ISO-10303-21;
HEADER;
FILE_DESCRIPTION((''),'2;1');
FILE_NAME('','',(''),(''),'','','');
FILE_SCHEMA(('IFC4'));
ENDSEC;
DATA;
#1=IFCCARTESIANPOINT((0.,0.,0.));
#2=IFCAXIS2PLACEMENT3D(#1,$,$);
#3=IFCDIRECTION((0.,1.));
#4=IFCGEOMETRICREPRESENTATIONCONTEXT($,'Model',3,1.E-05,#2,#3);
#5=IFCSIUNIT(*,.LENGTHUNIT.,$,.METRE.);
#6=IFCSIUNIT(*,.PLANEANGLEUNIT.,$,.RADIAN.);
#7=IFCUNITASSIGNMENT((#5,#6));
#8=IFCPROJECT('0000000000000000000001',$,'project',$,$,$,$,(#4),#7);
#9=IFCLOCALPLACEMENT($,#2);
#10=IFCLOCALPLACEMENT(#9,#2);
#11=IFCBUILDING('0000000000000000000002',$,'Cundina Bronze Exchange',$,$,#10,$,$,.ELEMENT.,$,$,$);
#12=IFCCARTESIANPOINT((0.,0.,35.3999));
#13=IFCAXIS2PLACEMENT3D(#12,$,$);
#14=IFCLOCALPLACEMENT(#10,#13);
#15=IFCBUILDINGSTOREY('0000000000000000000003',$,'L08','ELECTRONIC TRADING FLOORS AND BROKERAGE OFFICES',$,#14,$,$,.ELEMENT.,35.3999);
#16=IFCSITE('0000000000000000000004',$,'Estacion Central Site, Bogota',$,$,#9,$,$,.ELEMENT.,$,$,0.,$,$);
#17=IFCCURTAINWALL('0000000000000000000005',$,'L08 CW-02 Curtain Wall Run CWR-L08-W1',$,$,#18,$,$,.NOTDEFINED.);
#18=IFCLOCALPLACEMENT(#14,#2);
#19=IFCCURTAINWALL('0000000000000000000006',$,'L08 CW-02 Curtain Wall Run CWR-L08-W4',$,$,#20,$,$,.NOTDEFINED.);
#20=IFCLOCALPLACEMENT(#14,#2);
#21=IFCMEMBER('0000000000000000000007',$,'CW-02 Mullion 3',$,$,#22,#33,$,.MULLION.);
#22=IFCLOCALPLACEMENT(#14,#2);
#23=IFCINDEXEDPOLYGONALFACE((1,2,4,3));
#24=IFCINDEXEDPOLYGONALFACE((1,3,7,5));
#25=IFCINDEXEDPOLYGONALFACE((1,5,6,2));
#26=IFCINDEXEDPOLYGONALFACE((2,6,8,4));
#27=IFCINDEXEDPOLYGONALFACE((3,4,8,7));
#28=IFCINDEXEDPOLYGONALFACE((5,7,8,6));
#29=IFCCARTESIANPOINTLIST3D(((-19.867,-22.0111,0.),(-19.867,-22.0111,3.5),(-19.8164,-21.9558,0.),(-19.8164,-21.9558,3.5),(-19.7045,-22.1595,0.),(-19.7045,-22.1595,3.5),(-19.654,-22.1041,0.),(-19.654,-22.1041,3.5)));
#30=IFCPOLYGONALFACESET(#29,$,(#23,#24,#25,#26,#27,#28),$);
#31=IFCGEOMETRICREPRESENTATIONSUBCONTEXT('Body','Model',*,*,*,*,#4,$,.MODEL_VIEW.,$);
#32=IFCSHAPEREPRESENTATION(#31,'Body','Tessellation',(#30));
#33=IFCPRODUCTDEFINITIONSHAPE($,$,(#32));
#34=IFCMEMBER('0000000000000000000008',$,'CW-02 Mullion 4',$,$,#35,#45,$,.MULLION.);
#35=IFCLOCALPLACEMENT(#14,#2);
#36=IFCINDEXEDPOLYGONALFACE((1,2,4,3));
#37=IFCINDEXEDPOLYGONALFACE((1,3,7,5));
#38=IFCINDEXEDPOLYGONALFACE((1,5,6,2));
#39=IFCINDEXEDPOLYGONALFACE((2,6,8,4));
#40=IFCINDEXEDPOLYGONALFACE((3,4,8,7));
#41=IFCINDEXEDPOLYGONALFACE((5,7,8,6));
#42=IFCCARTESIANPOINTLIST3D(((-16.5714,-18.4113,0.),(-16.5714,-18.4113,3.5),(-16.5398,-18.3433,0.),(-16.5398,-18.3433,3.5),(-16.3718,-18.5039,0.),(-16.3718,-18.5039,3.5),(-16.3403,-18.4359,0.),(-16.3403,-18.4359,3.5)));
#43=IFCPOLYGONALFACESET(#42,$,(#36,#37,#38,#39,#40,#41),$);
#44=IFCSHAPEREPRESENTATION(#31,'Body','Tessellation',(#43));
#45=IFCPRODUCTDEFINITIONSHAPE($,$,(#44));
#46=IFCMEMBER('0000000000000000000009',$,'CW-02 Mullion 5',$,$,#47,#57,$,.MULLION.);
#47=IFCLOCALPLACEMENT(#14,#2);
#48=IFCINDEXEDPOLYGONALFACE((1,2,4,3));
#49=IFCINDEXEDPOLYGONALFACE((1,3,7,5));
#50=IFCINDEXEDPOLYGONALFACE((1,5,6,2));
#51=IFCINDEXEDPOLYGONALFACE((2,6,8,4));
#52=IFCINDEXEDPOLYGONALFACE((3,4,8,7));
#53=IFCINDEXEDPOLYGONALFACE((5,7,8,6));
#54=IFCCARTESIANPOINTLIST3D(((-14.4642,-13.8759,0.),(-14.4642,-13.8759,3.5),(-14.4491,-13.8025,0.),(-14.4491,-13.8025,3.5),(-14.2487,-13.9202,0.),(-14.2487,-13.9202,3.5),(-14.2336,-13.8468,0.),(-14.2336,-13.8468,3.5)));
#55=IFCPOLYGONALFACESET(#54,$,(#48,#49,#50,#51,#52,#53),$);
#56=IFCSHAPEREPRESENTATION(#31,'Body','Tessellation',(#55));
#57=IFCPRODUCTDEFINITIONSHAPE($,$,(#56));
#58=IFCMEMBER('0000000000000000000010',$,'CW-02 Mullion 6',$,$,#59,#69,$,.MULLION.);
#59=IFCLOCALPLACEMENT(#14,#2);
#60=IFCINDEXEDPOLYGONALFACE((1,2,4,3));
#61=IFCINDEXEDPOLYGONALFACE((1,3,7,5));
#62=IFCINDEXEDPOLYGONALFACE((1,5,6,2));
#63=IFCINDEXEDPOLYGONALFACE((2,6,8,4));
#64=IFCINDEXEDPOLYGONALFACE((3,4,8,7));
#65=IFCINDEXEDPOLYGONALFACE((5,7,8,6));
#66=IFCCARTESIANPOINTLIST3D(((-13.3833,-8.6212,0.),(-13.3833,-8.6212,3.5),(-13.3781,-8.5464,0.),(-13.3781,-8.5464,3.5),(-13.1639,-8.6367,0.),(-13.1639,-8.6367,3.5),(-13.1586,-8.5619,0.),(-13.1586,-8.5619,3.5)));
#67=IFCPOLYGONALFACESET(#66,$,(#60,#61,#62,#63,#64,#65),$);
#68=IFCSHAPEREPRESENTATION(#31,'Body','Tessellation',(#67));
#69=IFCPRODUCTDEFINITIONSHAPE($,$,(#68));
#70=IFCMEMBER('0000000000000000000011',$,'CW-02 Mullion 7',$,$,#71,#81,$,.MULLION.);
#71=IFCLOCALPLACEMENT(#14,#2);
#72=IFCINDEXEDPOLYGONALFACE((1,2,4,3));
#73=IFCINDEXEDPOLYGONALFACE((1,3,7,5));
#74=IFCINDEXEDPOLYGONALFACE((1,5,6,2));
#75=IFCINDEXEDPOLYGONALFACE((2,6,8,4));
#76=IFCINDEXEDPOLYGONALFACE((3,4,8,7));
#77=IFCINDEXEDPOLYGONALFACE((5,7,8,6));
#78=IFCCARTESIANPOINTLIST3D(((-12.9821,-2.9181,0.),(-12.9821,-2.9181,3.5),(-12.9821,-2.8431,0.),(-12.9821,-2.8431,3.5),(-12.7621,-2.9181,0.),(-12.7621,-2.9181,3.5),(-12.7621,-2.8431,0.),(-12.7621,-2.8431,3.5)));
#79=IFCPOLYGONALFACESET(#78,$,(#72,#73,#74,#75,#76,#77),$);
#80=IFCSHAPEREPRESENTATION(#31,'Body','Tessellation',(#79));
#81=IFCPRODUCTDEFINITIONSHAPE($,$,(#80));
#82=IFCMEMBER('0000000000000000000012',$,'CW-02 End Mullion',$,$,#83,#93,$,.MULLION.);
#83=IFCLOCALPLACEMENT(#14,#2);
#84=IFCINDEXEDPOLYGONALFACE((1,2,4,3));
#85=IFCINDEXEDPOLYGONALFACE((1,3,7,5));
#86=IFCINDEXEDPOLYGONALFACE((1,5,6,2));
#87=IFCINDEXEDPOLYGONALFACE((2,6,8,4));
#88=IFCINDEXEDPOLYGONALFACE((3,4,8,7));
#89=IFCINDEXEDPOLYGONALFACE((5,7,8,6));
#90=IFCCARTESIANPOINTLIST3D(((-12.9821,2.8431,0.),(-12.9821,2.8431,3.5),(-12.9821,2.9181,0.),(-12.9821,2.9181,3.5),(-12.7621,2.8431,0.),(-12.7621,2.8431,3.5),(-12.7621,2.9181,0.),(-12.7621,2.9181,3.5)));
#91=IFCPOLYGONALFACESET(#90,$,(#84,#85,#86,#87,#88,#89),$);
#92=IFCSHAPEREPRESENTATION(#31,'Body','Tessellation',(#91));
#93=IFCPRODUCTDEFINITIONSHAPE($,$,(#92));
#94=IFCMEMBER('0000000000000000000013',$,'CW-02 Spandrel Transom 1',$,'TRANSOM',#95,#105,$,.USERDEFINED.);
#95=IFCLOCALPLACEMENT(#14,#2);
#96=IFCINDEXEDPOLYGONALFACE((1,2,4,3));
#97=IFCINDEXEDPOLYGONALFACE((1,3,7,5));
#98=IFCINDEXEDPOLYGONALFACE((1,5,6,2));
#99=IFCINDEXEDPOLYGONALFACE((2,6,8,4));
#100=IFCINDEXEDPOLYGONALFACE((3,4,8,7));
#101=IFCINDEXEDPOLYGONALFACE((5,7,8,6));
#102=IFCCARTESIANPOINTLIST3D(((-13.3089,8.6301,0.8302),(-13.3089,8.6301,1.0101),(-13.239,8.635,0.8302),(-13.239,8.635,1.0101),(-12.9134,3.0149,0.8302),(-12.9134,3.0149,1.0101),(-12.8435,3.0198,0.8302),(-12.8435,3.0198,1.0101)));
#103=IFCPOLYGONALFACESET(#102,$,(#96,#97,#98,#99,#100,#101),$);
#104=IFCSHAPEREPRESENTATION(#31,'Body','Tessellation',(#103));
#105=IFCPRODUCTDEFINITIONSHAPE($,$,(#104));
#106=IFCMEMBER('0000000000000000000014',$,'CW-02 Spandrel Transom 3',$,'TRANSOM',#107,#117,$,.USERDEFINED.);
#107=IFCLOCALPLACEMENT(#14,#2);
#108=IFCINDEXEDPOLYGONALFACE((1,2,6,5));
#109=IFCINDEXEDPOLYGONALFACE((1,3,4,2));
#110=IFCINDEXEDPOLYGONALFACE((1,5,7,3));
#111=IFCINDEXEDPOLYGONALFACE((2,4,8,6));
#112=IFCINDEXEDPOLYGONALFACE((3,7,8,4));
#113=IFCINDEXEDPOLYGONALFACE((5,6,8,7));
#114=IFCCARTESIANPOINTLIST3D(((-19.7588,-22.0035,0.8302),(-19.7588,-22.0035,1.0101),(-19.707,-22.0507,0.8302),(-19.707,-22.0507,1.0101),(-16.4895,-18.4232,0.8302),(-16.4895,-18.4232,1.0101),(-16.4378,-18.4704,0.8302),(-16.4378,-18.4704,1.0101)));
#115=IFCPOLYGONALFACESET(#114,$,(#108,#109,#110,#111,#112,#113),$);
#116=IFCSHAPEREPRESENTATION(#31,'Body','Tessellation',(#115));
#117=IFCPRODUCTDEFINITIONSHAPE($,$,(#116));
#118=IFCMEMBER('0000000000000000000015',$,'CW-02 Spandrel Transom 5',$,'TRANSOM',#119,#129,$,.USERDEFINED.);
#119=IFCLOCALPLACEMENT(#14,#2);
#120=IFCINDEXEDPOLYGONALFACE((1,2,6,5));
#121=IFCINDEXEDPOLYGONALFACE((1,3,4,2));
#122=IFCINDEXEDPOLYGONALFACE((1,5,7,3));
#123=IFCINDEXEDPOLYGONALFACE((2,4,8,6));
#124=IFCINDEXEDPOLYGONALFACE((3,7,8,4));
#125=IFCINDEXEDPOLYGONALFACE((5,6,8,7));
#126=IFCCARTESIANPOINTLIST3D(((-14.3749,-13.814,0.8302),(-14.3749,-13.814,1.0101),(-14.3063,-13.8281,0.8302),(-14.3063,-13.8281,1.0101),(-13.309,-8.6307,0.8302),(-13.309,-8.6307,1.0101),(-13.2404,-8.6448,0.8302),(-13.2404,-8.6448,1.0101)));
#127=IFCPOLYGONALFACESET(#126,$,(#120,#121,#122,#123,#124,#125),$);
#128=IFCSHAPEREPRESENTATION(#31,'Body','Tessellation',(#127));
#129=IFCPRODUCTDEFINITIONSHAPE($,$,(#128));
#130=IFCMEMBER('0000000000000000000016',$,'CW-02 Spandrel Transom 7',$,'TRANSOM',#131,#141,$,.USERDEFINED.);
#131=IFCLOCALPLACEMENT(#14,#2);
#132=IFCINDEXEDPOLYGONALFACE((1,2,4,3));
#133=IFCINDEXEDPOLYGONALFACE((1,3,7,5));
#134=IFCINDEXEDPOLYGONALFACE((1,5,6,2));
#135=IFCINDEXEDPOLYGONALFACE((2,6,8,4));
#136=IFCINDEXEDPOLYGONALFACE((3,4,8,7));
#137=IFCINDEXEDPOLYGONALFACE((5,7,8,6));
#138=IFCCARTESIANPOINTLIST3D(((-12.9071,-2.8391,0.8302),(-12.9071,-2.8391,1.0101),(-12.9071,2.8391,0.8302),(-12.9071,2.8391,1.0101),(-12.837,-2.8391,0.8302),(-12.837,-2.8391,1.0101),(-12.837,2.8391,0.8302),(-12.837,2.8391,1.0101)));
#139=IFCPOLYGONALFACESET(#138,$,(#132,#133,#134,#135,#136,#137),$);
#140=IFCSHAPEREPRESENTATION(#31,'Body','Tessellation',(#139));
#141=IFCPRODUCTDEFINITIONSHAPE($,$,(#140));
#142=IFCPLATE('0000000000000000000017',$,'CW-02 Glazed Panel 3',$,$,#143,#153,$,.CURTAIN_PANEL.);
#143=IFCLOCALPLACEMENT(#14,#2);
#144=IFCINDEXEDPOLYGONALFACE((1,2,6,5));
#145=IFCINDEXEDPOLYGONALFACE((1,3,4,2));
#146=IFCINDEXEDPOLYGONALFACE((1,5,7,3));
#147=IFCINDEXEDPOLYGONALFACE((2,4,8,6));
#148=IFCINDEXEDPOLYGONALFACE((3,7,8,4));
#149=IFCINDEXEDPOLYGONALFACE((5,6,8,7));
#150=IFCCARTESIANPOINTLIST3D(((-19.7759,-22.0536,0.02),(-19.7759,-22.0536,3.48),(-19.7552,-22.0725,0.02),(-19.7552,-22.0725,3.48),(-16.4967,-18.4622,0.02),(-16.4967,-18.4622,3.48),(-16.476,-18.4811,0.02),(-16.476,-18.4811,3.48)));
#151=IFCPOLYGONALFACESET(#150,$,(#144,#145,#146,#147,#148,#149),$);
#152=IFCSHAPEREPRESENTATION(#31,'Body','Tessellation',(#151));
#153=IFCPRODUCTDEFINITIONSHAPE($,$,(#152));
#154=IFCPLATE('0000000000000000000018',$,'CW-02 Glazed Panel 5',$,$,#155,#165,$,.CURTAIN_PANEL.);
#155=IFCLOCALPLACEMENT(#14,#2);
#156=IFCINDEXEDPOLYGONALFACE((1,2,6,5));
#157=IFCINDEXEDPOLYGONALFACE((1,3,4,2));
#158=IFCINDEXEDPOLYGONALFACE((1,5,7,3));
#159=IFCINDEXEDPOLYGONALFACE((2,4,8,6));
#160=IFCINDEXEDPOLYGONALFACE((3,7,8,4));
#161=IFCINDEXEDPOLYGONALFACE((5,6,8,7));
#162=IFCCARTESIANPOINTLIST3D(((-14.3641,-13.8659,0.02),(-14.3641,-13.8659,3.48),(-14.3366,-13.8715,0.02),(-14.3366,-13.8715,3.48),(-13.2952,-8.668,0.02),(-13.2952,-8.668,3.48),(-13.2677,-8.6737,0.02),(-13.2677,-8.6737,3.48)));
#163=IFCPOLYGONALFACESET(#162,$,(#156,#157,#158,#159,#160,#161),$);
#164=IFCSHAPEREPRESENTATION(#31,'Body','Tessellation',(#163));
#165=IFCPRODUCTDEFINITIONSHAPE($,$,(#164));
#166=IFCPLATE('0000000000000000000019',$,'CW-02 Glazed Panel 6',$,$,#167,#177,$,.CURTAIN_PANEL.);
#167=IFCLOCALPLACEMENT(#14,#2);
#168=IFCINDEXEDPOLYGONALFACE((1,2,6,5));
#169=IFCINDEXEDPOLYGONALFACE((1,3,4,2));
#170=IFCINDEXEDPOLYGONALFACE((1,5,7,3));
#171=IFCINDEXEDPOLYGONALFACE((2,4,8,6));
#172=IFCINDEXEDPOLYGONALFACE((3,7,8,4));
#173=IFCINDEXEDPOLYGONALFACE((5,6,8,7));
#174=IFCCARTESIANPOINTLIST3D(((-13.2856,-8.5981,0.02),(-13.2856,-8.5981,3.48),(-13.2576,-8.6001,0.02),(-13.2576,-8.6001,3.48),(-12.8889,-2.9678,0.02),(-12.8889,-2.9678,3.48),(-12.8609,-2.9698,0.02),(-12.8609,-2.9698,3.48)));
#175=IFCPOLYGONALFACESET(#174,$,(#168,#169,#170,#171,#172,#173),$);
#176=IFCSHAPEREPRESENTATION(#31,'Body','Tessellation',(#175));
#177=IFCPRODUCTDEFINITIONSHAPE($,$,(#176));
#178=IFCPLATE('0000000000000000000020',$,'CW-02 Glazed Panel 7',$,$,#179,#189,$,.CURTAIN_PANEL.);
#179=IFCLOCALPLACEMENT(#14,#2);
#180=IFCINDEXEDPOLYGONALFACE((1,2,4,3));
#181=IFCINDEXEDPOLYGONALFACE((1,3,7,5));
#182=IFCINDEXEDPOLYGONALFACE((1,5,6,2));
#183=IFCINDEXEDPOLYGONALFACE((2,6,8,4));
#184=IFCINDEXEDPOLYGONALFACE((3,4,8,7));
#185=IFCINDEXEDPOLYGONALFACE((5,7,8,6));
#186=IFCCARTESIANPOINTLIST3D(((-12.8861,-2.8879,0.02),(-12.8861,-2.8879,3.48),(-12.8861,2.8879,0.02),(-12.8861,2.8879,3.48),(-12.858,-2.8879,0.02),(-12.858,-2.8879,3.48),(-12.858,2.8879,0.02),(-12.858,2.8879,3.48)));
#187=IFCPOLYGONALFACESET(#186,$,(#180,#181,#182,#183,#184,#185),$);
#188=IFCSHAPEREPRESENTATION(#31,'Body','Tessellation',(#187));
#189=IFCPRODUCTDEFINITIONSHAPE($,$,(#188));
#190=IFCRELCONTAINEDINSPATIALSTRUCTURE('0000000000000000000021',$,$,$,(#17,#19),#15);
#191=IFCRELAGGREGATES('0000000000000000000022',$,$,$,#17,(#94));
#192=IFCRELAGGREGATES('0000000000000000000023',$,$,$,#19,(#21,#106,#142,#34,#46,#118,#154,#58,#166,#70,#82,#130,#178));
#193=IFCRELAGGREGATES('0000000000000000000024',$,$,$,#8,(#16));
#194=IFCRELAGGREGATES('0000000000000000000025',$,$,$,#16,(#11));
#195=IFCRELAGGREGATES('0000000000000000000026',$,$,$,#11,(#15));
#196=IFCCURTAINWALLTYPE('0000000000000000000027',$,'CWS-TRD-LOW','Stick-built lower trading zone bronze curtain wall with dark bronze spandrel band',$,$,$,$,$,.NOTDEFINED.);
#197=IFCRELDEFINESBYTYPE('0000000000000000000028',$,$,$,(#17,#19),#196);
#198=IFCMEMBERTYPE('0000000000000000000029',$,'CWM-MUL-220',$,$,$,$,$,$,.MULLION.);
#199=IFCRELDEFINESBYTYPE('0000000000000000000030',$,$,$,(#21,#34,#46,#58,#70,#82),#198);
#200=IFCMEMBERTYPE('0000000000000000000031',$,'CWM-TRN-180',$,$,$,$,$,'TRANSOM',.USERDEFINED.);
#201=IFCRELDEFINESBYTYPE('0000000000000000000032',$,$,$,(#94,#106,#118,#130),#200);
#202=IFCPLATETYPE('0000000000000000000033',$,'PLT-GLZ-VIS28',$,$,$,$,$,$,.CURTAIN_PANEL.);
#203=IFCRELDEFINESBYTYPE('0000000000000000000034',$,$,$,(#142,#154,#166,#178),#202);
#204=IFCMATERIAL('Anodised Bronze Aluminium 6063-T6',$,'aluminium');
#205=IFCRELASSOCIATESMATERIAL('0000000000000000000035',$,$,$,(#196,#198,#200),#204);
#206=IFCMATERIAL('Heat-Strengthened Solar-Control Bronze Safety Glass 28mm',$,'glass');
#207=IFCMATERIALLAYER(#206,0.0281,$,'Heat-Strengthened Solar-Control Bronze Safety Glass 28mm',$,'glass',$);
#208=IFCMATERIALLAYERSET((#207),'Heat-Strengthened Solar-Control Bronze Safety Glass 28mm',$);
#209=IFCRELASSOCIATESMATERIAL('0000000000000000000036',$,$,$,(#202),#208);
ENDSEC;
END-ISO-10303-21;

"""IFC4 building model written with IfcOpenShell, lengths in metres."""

from ifc_helpers import new_model, si_unit, direction, frame, origin, origin_2d, place, context, subcontext, project, spatial, rectangle, extrude, material, layer, layer_set, material_profile, profile_set, type_object, element, aggregate, save


model = new_model("IFC4")

# Units and contexts
model_context = context("Model", 3, precision=1e-05, world=origin(), true_north=direction((0.0, 1.0)))
body_context = subcontext(model_context, "Body", "Model", "MODEL_VIEW")
ifc_project = project(units=[si_unit("LENGTHUNIT", "METRE"), si_unit("PLANEANGLEUNIT", "RADIAN")], contexts=[model_context])

# Site, building, storey
site_placement = place(None, origin())
site = spatial("IfcSite", under=ifc_project, at=site_placement, Name="Estacion Central Site, Bogota", CompositionType="ELEMENT", RefElevation=0.0)
building_placement = place(site_placement, origin())
building = spatial("IfcBuilding", under=site, at=building_placement, Name="Cundina Bronze Exchange", CompositionType="ELEMENT")
storey_placement = place(building_placement, frame((0.0, 0.0, 35.3999)))
storey = spatial("IfcBuildingStorey", under=building, at=storey_placement, Name="L08", Description="ELECTRONIC TRADING FLOORS AND BROKERAGE OFFICES", CompositionType="ELEMENT", Elevation=35.3999)

# Curtain wall
ifc_material_1 = material(Name="Anodised Bronze Aluminium 6063-T6", Category="aluminium")
curtain_wall_type = type_object("IfcCurtainWallType", Name="CWS-TRD-LOW", Description="Stick-built lower trading zone bronze curtain wall with dark bronze spandrel band", PredefinedType="NOTDEFINED", material=ifc_material_1)
curtain_wall_1_placement = place(storey_placement, origin())
curtain_wall_1 = element("IfcCurtainWall", 1, at=curtain_wall_1_placement, inside=storey, type_object=curtain_wall_type, Name="L08 CW-02 Curtain Wall Run CWR-L08-W1", PredefinedType="NOTDEFINED")
ifc_material_profile_1 = material_profile(ifc_material_1, rectangle(XDim=0.075, YDim=0.22, at=origin_2d()), Name="AL75X220", Category="aluminium")
ifc_profile_set_1 = profile_set([ifc_material_profile_1], Name="Anodised Bronze Aluminium 6063-T6")
member_type_1 = type_object("IfcMemberType", Name="CWM-MUL-220", PredefinedType="MULLION", material=ifc_profile_set_1)

# Curtain wall, members
curtain_wall_2_placement = place(storey_placement, origin())
curtain_wall_2 = element("IfcCurtainWall", 2, at=curtain_wall_2_placement, inside=storey, type_object=curtain_wall_type, Name="L08 CW-02 Curtain Wall Run CWR-L08-W4", PredefinedType="NOTDEFINED")
member_1_placement = place(storey_placement, frame((-19.7605, -22.0576, 0.0), z_axis=(0.0, 0.0, 1.0), x_axis=(0.674302, 0.738455, 0.0)))
member_1 = element("IfcMember", 3, at=member_1_placement, type_object=member_type_1, Name="CW-02 Mullion 3", PredefinedType="MULLION", context=body_context, shape_type="SweptSolid", body=[
    extrude(rectangle(XDim=0.075, YDim=0.22, at=origin_2d()), origin(), (0.0, 0.0, 1.0), 3.5),
])
member_2_placement = place(storey_placement, frame((-16.4558, -18.4236, 0.0), z_axis=(0.0, 0.0, 1.0), x_axis=(0.420877, 0.907117, 0.0)))
member_2 = element("IfcMember", 4, at=member_2_placement, type_object=member_type_1, Name="CW-02 Mullion 4", PredefinedType="MULLION", context=body_context, shape_type="SweptSolid", body=[
    extrude(rectangle(XDim=0.075, YDim=0.22, at=origin_2d()), origin(), (0.0, 0.0, 1.0), 3.5),
])
member_3_placement = place(storey_placement, frame((-14.3489, -13.8613, 0.0), z_axis=(0.0, 0.0, 1.0), x_axis=(0.20142, 0.979505, 0.0)))
member_3 = element("IfcMember", 5, at=member_3_placement, type_object=member_type_1, Name="CW-02 Mullion 5", PredefinedType="MULLION", context=body_context, shape_type="SweptSolid", body=[
    extrude(rectangle(XDim=0.075, YDim=0.22, at=origin_2d()), origin(), (0.0, 0.0, 1.0), 3.5),
])
member_4_placement = place(storey_placement, frame((-13.271, -8.5916, 0.0), z_axis=(0.0, 0.0, 1.0), x_axis=(0.070279, 0.997527, 0.0)))
member_4 = element("IfcMember", 6, at=member_4_placement, type_object=member_type_1, Name="CW-02 Mullion 6", PredefinedType="MULLION", context=body_context, shape_type="SweptSolid", body=[
    extrude(rectangle(XDim=0.075, YDim=0.22, at=origin_2d()), origin(), (0.0, 0.0, 1.0), 3.5),
])
member_5_placement = place(storey_placement, frame((-12.8721, -2.8806, 0.0), z_axis=(0.0, 0.0, 1.0), x_axis=(0.0, 1.0, 0.0)))
member_5 = element("IfcMember", 7, at=member_5_placement, type_object=member_type_1, Name="CW-02 Mullion 7", PredefinedType="MULLION", context=body_context, shape_type="SweptSolid", body=[
    extrude(rectangle(XDim=0.075, YDim=0.22, at=origin_2d()), origin(), (0.0, 0.0, 1.0), 3.5),
])
member_6_placement = place(storey_placement, frame((-12.8721, 2.8806, 0.0), z_axis=(0.0, 0.0, 1.0), x_axis=(0.0, 1.0, 0.0)))
member_6 = element("IfcMember", 8, at=member_6_placement, type_object=member_type_1, Name="CW-02 End Mullion", PredefinedType="MULLION", context=body_context, shape_type="SweptSolid", body=[
    extrude(rectangle(XDim=0.075, YDim=0.22, at=origin_2d()), origin(), (0.0, 0.0, 1.0), 3.5),
])

# Members
ifc_material_profile_2 = material_profile(ifc_material_1, rectangle(XDim=0.0701, YDim=0.1799, at=origin_2d()), Name="AL70X180", Category="aluminium")
ifc_profile_set_2 = profile_set([ifc_material_profile_2], Name="Anodised Bronze Aluminium 6063-T6")
member_type_2 = type_object("IfcMemberType", Name="CWM-TRN-180", ElementType="TRANSOM", PredefinedType="USERDEFINED", material=ifc_profile_set_2)
member_7_placement = place(storey_placement, frame((-12.8784, 3.0173, 0.9202), z_axis=(-0.070261, 0.997529, 0.0), x_axis=(-0.997529, -0.070261, 0.0)))
member_7 = element("IfcMember", 9, at=member_7_placement, type_object=member_type_2, Name="CW-02 Spandrel Transom 1", ObjectType="TRANSOM", PredefinedType="USERDEFINED", context=body_context, shape_type="SweptSolid", body=[
    extrude(rectangle(XDim=0.0701, YDim=0.1799, at=origin_2d()), origin(), (0.0, 0.0, 1.0), 5.6292),
])
aggregate(curtain_wall_1, [member_7])
member_8_placement = place(storey_placement, frame((-19.7329, -22.0271, 0.9202), z_axis=(0.674303, 0.738455, 0.0), x_axis=(-0.738455, 0.674303, 0.0)))
member_8 = element("IfcMember", 10, at=member_8_placement, type_object=member_type_2, Name="CW-02 Spandrel Transom 3", ObjectType="TRANSOM", PredefinedType="USERDEFINED", context=body_context, shape_type="SweptSolid", body=[
    extrude(rectangle(XDim=0.0701, YDim=0.1799, at=origin_2d()), origin(), (0.0, 0.0, 1.0), 4.8484),
])
member_9_placement = place(storey_placement, frame((-14.3406, -13.821, 0.9202), z_axis=(0.201428, 0.979503, 0.0), x_axis=(-0.979503, 0.201428, 0.0)))
member_9 = element("IfcMember", 11, at=member_9_placement, type_object=member_type_2, Name="CW-02 Spandrel Transom 5", ObjectType="TRANSOM", PredefinedType="USERDEFINED", context=body_context, shape_type="SweptSolid", body=[
    extrude(rectangle(XDim=0.0701, YDim=0.1799, at=origin_2d()), origin(), (0.0, 0.0, 1.0), 5.2917),
])
member_10_placement = place(storey_placement, frame((-12.8721, -2.8391, 0.9202), z_axis=(0.0, 1.0, 0.0), x_axis=(-1.0, 0.0, 0.0)))
member_10 = element("IfcMember", 12, at=member_10_placement, type_object=member_type_2, Name="CW-02 Spandrel Transom 7", ObjectType="TRANSOM", PredefinedType="USERDEFINED", context=body_context, shape_type="SweptSolid", body=[
    extrude(rectangle(XDim=0.0701, YDim=0.1799, at=origin_2d()), origin(), (0.0, 0.0, 1.0), 5.6782),
])

# Plates
ifc_material_2 = material(Name="Heat-Strengthened Solar-Control Bronze Safety Glass 28mm", Category="glass")
ifc_layer_1 = layer(ifc_material_2, 0.0281, Name="Heat-Strengthened Solar-Control Bronze Safety Glass 28mm", Category="glass")
ifc_layer_set_1 = layer_set([ifc_layer_1], Name="Heat-Strengthened Solar-Control Bronze Safety Glass 28mm")
plate_type_1 = type_object("IfcPlateType", Name="PLT-GLZ-VIS28", PredefinedType="CURTAIN_PANEL", material=ifc_layer_set_1)
plate_1_placement = place(storey_placement, frame((-18.126, -20.2673, 0.02), z_axis=(0.0, 0.0, 1.0), x_axis=(0.674277, 0.738479, 0.0)))
plate_1 = element("IfcPlate", 13, at=plate_1_placement, type_object=plate_type_1, Name="CW-02 Glazed Panel 3", PredefinedType="CURTAIN_PANEL", context=body_context, shape_type="SweptSolid", body=[
    extrude(rectangle(XDim=4.8633, YDim=0.0281, at=origin_2d()), origin(), (0.0, 0.0, 1.0), 3.46),
])
plate_2_placement = place(storey_placement, frame((-13.8159, -11.2698, 0.02), z_axis=(0.0, 0.0, 1.0), x_axis=(0.20142, 0.979505, 0.0)))
plate_2 = element("IfcPlate", 14, at=plate_2_placement, type_object=plate_type_1, Name="CW-02 Glazed Panel 5", PredefinedType="CURTAIN_PANEL", context=body_context, shape_type="SweptSolid", body=[
    extrude(rectangle(XDim=5.3066, YDim=0.0281, at=origin_2d()), origin(), (0.0, 0.0, 1.0), 3.46),
])
plate_3_placement = place(storey_placement, frame((-13.0732, -5.7839, 0.02), z_axis=(0.0, 0.0, 1.0), x_axis=(0.070279, 0.997527, 0.0)))
plate_3 = element("IfcPlate", 15, at=plate_3_placement, type_object=plate_type_1, Name="CW-02 Glazed Panel 6", PredefinedType="CURTAIN_PANEL", context=body_context, shape_type="SweptSolid", body=[
    extrude(rectangle(XDim=5.6443, YDim=0.0281, at=origin_2d()), origin(), (0.0, 0.0, 1.0), 3.46),
])
plate_4_placement = place(storey_placement, frame((-12.8721, 0.0, 0.02), z_axis=(0.0, 0.0, 1.0), x_axis=(0.0, 1.0, 0.0)))
plate_4 = element("IfcPlate", 16, at=plate_4_placement, type_object=plate_type_1, Name="CW-02 Glazed Panel 7", PredefinedType="CURTAIN_PANEL", context=body_context, shape_type="SweptSolid", body=[
    extrude(rectangle(XDim=5.7759, YDim=0.0281, at=origin_2d()), origin(), (0.0, 0.0, 1.0), 3.46),
])
aggregate(curtain_wall_2, [member_1, member_8, plate_1, member_2, member_3, member_9, plate_2, member_4, plate_3, member_5, member_6, member_10, plate_4])

save(model, "model.ifc")
